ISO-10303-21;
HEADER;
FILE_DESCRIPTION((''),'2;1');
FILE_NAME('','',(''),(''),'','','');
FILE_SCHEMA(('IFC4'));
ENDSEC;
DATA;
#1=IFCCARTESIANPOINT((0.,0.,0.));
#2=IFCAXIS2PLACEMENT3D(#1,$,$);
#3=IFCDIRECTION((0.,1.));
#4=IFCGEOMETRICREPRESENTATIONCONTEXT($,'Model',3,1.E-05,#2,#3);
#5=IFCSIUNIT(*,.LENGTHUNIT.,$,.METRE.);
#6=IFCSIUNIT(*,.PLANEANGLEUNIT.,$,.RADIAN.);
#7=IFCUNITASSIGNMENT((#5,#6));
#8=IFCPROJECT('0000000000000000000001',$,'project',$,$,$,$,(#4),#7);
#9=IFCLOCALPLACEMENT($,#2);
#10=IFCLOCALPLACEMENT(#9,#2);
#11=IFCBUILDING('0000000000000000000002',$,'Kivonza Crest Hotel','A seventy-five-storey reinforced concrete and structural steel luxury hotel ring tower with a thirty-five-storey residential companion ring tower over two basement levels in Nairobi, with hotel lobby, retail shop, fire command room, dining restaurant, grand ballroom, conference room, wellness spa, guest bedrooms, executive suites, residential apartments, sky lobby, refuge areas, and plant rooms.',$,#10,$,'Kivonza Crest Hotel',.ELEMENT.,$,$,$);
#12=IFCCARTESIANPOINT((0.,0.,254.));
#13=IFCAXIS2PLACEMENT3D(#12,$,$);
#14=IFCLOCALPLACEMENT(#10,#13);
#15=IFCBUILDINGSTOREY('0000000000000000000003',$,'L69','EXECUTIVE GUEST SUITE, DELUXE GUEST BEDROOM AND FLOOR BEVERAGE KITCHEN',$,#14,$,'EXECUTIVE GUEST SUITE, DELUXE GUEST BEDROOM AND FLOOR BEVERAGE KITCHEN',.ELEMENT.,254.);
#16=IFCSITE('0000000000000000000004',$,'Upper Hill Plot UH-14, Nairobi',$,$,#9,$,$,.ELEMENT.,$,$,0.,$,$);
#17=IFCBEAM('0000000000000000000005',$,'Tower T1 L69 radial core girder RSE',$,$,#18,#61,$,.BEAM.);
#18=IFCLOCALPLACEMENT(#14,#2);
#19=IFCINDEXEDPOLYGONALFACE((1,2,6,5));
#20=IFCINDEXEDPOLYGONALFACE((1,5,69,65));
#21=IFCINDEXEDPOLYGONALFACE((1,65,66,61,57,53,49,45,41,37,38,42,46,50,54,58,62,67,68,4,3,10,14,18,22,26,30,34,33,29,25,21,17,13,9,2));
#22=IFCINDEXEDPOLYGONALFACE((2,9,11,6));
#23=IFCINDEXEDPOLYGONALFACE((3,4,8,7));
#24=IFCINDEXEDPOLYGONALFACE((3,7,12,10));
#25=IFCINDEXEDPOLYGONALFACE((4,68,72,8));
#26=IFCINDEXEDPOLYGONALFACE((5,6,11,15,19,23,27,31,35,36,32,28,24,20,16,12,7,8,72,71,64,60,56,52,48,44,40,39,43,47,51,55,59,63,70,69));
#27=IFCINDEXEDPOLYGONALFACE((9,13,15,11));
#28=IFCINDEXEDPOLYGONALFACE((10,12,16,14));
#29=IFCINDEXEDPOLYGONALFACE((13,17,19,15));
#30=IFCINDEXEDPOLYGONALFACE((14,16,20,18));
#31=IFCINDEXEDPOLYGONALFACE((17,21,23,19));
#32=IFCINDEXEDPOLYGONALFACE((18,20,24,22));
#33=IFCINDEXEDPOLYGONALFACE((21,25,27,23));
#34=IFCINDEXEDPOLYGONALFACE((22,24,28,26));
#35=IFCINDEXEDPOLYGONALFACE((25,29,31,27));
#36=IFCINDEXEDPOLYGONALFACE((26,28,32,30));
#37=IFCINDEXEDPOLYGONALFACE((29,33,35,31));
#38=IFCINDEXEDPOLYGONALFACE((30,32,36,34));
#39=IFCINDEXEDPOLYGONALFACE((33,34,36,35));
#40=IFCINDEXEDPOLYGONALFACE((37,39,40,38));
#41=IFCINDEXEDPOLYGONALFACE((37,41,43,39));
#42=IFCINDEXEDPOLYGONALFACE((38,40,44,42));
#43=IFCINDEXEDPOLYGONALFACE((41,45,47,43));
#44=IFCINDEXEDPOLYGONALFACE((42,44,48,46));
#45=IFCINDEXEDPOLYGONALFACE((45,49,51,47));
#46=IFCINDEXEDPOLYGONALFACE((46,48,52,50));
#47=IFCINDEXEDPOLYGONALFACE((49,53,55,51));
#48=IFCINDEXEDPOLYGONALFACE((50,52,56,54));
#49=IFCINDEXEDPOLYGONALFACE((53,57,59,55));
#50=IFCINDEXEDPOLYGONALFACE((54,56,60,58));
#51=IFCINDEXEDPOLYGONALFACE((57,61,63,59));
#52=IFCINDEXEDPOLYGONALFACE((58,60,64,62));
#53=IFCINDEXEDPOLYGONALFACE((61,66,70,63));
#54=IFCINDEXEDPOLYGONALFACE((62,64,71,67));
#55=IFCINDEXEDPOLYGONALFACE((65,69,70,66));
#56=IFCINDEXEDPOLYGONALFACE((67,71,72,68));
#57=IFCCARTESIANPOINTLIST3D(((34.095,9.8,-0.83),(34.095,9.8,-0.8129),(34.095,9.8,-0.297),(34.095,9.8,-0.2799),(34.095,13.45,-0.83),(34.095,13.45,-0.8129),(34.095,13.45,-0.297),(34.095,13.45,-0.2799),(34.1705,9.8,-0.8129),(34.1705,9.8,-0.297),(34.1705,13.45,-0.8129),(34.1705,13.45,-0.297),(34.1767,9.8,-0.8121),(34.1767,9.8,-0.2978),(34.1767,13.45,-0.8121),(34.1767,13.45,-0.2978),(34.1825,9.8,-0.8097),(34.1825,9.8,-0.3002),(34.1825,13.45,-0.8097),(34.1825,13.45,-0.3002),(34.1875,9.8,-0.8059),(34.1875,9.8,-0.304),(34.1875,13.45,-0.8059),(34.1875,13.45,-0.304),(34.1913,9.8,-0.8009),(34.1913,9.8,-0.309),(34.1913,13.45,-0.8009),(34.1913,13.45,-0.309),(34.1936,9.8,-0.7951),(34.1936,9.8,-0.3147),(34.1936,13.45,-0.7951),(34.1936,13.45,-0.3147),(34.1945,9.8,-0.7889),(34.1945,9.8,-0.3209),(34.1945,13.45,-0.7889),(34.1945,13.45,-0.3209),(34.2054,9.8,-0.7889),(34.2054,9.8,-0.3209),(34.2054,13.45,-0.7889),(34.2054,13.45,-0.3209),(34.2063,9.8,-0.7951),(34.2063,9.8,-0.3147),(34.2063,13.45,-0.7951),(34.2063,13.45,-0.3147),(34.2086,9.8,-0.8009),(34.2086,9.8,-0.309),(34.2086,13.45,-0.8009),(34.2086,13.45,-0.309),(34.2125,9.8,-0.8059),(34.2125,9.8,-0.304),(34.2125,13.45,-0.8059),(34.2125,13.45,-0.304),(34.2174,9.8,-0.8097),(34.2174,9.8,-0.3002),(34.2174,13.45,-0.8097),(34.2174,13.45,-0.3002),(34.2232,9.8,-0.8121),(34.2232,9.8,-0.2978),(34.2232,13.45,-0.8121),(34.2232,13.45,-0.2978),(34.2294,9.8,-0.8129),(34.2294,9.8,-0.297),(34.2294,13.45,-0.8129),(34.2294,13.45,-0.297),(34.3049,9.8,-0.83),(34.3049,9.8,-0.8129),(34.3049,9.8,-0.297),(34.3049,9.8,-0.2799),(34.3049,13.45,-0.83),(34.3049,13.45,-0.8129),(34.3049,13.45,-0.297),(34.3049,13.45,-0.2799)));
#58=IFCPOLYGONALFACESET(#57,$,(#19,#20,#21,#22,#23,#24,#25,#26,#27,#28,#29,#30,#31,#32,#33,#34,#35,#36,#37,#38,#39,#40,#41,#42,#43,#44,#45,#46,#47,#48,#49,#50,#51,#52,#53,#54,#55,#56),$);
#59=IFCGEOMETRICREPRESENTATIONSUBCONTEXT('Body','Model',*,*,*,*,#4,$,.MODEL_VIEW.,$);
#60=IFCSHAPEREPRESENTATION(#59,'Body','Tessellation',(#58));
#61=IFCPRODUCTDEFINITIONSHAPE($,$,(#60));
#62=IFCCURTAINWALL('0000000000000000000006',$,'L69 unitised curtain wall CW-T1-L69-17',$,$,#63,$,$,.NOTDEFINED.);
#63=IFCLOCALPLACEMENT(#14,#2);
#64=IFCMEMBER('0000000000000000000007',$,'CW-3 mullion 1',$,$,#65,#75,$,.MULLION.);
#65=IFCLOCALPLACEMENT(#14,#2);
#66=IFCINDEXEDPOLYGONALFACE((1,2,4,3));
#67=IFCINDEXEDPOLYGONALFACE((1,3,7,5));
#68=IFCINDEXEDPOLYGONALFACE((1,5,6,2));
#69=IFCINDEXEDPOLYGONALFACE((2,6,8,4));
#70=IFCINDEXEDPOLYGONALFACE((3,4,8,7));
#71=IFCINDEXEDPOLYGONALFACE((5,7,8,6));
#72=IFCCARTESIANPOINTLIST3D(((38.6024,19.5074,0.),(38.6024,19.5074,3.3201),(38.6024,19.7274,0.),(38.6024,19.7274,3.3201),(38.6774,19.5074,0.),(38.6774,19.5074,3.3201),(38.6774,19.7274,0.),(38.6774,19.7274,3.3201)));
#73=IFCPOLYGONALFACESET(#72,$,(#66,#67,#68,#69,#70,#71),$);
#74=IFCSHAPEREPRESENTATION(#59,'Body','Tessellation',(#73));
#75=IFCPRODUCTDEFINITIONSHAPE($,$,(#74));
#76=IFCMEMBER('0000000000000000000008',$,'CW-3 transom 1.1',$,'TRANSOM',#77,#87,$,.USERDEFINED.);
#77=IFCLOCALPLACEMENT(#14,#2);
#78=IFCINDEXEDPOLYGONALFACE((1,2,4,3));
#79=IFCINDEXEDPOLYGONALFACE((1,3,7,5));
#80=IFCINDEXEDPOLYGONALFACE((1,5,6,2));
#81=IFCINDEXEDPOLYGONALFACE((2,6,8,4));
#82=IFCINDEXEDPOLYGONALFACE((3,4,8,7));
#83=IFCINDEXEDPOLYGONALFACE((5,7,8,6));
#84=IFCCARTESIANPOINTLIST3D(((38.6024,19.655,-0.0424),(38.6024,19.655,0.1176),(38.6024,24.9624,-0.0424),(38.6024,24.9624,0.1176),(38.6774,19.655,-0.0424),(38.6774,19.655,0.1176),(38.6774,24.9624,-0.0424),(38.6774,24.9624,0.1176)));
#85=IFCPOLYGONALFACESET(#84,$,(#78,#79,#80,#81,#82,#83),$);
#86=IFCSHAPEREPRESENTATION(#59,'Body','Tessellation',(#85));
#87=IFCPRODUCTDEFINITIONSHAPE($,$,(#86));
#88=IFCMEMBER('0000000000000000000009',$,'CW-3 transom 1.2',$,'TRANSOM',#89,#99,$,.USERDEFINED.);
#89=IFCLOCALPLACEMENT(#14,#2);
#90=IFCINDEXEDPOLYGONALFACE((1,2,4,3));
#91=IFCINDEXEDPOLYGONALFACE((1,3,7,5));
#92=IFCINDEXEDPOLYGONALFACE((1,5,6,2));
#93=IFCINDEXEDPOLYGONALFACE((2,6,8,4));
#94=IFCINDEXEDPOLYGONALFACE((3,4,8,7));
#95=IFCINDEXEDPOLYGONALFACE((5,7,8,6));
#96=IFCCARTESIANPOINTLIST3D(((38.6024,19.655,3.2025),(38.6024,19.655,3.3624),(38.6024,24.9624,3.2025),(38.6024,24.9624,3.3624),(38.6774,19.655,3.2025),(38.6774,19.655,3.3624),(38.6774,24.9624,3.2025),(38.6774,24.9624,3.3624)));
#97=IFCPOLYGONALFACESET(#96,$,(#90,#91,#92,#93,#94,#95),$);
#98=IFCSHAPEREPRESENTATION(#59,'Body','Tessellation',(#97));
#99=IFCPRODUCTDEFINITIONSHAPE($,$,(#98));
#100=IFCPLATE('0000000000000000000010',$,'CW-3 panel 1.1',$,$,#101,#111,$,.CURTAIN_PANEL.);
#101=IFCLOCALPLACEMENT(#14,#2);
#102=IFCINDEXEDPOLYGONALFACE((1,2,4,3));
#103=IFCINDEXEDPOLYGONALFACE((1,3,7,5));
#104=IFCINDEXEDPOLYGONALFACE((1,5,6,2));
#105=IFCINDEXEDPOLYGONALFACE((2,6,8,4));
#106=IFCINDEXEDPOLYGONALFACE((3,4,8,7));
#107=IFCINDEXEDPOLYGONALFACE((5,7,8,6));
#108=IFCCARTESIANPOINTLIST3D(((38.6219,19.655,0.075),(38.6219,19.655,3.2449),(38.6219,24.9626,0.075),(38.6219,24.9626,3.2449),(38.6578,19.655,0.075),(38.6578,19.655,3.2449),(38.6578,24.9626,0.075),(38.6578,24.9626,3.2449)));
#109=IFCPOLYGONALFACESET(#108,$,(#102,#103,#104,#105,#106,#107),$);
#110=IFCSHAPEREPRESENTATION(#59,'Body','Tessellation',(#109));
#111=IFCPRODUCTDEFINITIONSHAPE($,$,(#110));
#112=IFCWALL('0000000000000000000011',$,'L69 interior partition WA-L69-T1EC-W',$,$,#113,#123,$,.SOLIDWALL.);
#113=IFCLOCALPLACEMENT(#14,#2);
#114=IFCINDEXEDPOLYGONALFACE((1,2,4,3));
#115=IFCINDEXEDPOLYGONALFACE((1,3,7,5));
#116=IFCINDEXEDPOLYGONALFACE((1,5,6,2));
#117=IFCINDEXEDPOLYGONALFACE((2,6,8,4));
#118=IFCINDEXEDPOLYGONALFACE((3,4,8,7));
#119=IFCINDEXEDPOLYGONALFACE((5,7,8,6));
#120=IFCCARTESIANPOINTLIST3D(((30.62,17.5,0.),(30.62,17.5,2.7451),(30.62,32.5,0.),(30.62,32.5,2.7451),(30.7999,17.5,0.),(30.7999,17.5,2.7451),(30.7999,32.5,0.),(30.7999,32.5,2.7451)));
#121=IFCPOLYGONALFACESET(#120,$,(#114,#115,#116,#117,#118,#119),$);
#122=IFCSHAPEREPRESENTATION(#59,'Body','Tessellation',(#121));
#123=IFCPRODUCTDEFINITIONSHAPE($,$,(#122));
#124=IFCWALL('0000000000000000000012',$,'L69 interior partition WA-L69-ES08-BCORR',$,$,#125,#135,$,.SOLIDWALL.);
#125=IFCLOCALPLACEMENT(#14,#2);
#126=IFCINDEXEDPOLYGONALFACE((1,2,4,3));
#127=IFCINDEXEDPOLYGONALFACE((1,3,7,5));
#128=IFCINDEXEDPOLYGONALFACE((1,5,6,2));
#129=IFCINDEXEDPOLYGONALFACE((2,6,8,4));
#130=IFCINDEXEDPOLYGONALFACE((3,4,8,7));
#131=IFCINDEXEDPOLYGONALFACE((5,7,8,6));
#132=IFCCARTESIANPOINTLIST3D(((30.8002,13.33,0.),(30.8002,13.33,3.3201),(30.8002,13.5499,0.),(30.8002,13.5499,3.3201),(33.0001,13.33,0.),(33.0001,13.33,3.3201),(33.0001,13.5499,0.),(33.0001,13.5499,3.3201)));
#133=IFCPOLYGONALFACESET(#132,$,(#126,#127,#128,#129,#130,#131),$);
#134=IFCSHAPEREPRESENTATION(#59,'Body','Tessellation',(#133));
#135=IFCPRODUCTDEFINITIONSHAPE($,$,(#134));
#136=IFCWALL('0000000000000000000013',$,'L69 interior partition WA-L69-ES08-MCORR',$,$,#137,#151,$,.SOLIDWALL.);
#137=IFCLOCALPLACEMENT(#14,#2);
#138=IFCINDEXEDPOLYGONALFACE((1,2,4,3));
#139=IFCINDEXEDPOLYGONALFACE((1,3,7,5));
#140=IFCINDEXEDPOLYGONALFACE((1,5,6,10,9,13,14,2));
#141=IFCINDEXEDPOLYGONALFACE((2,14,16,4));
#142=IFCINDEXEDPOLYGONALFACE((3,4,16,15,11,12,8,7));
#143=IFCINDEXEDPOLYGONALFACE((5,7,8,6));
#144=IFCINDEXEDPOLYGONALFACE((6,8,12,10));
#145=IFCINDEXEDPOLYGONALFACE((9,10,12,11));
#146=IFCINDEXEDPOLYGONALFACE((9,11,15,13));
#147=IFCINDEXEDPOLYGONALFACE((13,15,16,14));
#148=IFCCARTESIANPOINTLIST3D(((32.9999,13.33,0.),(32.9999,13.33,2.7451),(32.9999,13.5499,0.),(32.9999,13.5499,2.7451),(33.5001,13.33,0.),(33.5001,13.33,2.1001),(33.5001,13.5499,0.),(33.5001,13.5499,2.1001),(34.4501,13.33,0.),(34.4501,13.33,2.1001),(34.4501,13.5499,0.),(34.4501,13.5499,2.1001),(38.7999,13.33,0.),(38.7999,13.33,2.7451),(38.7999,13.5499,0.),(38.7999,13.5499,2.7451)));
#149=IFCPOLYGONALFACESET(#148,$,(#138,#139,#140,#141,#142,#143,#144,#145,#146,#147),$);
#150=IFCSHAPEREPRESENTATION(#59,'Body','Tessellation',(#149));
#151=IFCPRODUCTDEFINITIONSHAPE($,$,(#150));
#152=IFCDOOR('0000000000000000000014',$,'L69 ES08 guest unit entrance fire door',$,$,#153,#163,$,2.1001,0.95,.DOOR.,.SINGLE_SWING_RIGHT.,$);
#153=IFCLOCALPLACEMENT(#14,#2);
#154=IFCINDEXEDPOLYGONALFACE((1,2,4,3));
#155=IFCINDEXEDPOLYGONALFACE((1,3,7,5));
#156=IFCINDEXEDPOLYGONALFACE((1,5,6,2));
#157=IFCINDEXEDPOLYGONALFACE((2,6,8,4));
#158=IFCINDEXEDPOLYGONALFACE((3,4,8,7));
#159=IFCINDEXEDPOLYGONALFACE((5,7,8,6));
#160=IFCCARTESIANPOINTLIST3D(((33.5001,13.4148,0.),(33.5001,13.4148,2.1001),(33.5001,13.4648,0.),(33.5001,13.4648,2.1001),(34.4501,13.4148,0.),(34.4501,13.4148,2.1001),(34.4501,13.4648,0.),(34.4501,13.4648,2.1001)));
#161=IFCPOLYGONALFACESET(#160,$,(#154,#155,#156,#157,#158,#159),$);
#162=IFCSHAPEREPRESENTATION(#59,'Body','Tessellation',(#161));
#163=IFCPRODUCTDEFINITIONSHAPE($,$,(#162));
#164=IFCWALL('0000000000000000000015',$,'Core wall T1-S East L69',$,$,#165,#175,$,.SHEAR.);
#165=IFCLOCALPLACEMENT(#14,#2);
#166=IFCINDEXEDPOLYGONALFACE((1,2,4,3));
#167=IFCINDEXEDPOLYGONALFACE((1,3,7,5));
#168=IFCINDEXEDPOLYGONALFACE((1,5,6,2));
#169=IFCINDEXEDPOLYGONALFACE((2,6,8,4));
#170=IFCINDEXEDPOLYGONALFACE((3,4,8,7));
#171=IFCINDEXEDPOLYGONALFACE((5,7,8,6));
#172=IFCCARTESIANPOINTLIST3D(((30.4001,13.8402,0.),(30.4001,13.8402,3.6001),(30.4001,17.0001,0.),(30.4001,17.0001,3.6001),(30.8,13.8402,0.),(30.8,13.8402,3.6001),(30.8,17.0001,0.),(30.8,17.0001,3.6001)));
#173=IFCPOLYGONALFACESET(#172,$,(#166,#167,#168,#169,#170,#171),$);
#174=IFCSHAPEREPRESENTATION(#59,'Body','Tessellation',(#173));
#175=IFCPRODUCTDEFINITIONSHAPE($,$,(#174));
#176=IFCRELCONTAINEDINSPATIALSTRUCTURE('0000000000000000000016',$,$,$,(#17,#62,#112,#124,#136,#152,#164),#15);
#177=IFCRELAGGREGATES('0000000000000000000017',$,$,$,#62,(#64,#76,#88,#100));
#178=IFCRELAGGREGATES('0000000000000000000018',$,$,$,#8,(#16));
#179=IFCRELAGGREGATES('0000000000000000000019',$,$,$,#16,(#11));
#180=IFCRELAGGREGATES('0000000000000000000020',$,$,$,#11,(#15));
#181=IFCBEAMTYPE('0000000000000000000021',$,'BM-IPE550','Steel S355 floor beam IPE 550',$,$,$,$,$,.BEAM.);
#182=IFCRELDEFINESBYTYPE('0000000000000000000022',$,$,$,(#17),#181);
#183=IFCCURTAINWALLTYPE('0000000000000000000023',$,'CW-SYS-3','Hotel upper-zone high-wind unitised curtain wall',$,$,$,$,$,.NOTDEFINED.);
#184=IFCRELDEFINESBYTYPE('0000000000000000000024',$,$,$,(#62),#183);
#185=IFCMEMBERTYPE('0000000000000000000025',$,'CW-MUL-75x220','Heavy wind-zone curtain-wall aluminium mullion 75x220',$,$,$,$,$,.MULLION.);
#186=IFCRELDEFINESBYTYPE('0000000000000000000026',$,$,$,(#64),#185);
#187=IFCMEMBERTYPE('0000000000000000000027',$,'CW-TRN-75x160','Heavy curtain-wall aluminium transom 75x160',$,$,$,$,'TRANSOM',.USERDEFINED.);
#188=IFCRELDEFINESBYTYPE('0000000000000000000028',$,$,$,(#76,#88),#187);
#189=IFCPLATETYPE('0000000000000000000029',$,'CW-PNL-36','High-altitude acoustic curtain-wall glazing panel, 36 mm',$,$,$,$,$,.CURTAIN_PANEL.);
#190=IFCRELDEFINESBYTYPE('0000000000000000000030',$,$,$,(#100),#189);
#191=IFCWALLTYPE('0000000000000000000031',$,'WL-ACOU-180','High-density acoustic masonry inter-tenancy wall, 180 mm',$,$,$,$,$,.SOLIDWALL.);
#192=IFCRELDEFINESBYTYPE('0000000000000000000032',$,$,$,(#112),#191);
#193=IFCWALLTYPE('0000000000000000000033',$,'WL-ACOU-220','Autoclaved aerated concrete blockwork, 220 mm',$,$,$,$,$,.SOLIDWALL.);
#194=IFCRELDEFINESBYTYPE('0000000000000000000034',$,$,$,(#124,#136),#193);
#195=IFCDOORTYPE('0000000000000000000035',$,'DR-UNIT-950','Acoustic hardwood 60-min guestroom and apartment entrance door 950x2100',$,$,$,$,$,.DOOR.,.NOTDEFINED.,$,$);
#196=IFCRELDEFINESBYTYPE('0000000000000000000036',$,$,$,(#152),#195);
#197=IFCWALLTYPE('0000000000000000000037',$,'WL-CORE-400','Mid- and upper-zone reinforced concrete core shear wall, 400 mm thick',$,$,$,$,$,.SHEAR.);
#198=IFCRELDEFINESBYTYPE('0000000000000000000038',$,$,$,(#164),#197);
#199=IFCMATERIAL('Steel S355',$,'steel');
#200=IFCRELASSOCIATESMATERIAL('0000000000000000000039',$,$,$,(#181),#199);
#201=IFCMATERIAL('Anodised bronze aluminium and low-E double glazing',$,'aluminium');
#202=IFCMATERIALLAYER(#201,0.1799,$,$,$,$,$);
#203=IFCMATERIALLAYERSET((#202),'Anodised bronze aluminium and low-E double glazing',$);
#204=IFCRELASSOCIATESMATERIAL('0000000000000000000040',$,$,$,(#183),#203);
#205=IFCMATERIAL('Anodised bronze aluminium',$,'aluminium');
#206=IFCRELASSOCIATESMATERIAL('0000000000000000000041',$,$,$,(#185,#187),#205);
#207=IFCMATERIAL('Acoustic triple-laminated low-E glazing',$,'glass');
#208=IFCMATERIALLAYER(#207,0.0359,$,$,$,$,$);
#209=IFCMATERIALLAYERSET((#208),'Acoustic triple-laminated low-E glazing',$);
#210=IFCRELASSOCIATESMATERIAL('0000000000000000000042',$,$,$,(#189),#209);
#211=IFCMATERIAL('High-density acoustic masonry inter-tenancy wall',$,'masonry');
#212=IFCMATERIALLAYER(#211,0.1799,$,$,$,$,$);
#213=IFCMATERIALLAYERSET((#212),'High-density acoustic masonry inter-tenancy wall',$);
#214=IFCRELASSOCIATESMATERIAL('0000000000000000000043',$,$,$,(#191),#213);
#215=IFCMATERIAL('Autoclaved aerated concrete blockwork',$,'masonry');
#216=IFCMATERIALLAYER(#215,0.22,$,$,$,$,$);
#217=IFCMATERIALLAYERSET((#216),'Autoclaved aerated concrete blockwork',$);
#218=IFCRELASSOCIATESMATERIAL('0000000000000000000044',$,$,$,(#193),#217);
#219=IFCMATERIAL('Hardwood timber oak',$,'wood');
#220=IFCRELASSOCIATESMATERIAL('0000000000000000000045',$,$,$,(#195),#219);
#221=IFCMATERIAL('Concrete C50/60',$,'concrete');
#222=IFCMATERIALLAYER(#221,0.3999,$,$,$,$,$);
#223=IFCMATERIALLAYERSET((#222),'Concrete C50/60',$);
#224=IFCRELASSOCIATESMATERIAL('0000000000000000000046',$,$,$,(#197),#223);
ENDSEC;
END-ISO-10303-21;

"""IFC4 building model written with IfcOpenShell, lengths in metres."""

from ifc_helpers import new_model, si_unit, direction, frame, frame_2d, origin, origin_2d, place, context, subcontext, project, spatial, rectangle, i_section, extrude, material, layer, layer_set, material_profile, profile_set, type_object, element, fill, aggregate, save


model = new_model("IFC4")

# Units and contexts
model_context = context("Model", 3, precision=1e-05, world=origin(), true_north=direction((0.0, 1.0)))
body_context = subcontext(model_context, "Body", "Model", "MODEL_VIEW")
ifc_project = project(units=[si_unit("LENGTHUNIT", "METRE"), si_unit("PLANEANGLEUNIT", "RADIAN")], contexts=[model_context])

# Site, building, storey
site_placement = place(None, origin())
site = spatial("IfcSite", under=ifc_project, at=site_placement, Name="Upper Hill Plot UH-14, Nairobi", CompositionType="ELEMENT", RefElevation=0.0)
building_placement = place(site_placement, origin())
building = spatial("IfcBuilding", under=site, at=building_placement, Name="Kivonza Crest Hotel", Description="A seventy-five-storey reinforced concrete and structural steel luxury hotel ring tower with a thirty-five-storey residential companion ring tower over two basement levels in Nairobi, with hotel lobby, retail shop, fire command room, dining restaurant, grand ballroom, conference room, wellness spa, guest bedrooms, executive suites, residential apartments, sky lobby, refuge areas, and plant rooms.", LongName="Kivonza Crest Hotel", CompositionType="ELEMENT")
storey_placement = place(building_placement, frame((0.0, 0.0, 254.0)))
storey = spatial("IfcBuildingStorey", under=building, at=storey_placement, Name="L69", Description="EXECUTIVE GUEST SUITE, DELUXE GUEST BEDROOM AND FLOOR BEVERAGE KITCHEN", LongName="EXECUTIVE GUEST SUITE, DELUXE GUEST BEDROOM AND FLOOR BEVERAGE KITCHEN", CompositionType="ELEMENT", Elevation=254.0)

# Shared definitions
ifc_material_1 = material(Name="Concrete C50/60", Category="concrete")

# Beam
ifc_material_2 = material(Name="Steel S355", Category="steel")
ifc_material_profile_1 = material_profile(ifc_material_2, i_section(OverallWidth=0.21, OverallDepth=0.55, WebThickness=0.011, FlangeThickness=0.0171, FilletRadius=0.0239, at=origin_2d()), Name="IPE 550")
ifc_profile_set_1 = profile_set([ifc_material_profile_1], Name="Steel S355")
beam_type_1 = type_object("IfcBeamType", Name="BM-IPE550", Description="Steel S355 floor beam IPE 550", PredefinedType="BEAM", material=ifc_profile_set_1)
beam_1_placement = place(storey_placement, frame((34.2, 9.8, -0.5549), z_axis=(0.0, 1.0, 0.0), x_axis=(-1.0, 0.0, 0.0)))
element("IfcBeam", 1, at=beam_1_placement, inside=storey, type_object=beam_type_1, Name="Tower T1 L69 radial core girder RSE", PredefinedType="BEAM", context=body_context, shape_type="SweptSolid", body=[
    extrude(i_section(OverallWidth=0.21, OverallDepth=0.55, WebThickness=0.011, FlangeThickness=0.0171, FilletRadius=0.0239, at=origin_2d()), origin(), (0.0, 0.0, 1.0), 3.6499),
])

# Curtain wall, members, plate
ifc_material_3 = material(Name="Anodised bronze aluminium and low-E double glazing", Category="aluminium")
ifc_layer_1 = layer(ifc_material_3, 0.1799)
ifc_layer_set_1 = layer_set([ifc_layer_1], Name="Anodised bronze aluminium and low-E double glazing")
curtain_wall_type = type_object("IfcCurtainWallType", Name="CW-SYS-3", Description="Hotel upper-zone high-wind unitised curtain wall", PredefinedType="NOTDEFINED", material=ifc_layer_set_1)
curtain_wall_placement = place(storey_placement, origin())
curtain_wall = element("IfcCurtainWall", 2, at=curtain_wall_placement, inside=storey, type_object=curtain_wall_type, Name="L69 unitised curtain wall CW-T1-L69-17", PredefinedType="NOTDEFINED")
ifc_material_4 = material(Name="Anodised bronze aluminium", Category="aluminium")
ifc_material_profile_2 = material_profile(ifc_material_4, rectangle(XDim=0.075, YDim=0.22, at=origin_2d()), Name="CW-M 75x220")
ifc_profile_set_2 = profile_set([ifc_material_profile_2], Name="Anodised bronze aluminium")
member_type_1 = type_object("IfcMemberType", Name="CW-MUL-75x220", Description="Heavy wind-zone curtain-wall aluminium mullion 75x220", PredefinedType="MULLION", material=ifc_profile_set_2)
member_1_placement = place(storey_placement, frame((38.6399, 19.6174, 0.0), z_axis=(0.0, 0.0, 1.0), x_axis=(-1.0, 0.0, 0.0)))
member_1 = element("IfcMember", 3, at=member_1_placement, type_object=member_type_1, Name="CW-3 mullion 1", PredefinedType="MULLION", context=body_context, shape_type="SweptSolid", body=[
    extrude(rectangle(XDim=0.075, YDim=0.22, at=origin_2d()), origin(), (0.0, 0.0, 1.0), 3.3201),
])
ifc_material_profile_3 = material_profile(ifc_material_4, rectangle(XDim=0.075, YDim=0.1599, at=origin_2d()), Name="CW-T 75x160")
ifc_profile_set_3 = profile_set([ifc_material_profile_3], Name="Anodised bronze aluminium")
member_type_2 = type_object("IfcMemberType", Name="CW-TRN-75x160", Description="Heavy curtain-wall aluminium transom 75x160", ElementType="TRANSOM", PredefinedType="USERDEFINED", material=ifc_profile_set_3)
member_2_placement = place(storey_placement, frame((38.6399, 19.655, 0.0376), z_axis=(0.0, 1.0, 0.0), x_axis=(-1.0, 0.0, 0.0)))
member_2 = element("IfcMember", 4, at=member_2_placement, type_object=member_type_2, Name="CW-3 transom 1.1", ObjectType="TRANSOM", PredefinedType="USERDEFINED", context=body_context, shape_type="SweptSolid", body=[
    extrude(rectangle(XDim=0.075, YDim=0.1599, at=origin_2d()), origin(), (0.0, 0.0, 1.0), 5.3074),
])
member_3_placement = place(storey_placement, frame((38.6399, 19.655, 3.2825), z_axis=(0.0, 1.0, 0.0), x_axis=(-1.0, 0.0, 0.0)))
member_3 = element("IfcMember", 5, at=member_3_placement, type_object=member_type_2, Name="CW-3 transom 1.2", ObjectType="TRANSOM", PredefinedType="USERDEFINED", context=body_context, shape_type="SweptSolid", body=[
    extrude(rectangle(XDim=0.075, YDim=0.1599, at=origin_2d()), origin(), (0.0, 0.0, 1.0), 5.3074),
])
ifc_material_5 = material(Name="Acoustic triple-laminated low-E glazing", Category="glass")
ifc_layer_2 = layer(ifc_material_5, 0.0359)
ifc_layer_set_2 = layer_set([ifc_layer_2], Name="Acoustic triple-laminated low-E glazing")
plate_type = type_object("IfcPlateType", Name="CW-PNL-36", Description="High-altitude acoustic curtain-wall glazing panel, 36 mm", PredefinedType="CURTAIN_PANEL", material=ifc_layer_set_2)
plate_placement = place(storey_placement, frame((38.6399, 22.3088, 0.075), z_axis=(0.0, 0.0, 1.0), x_axis=(0.0, 1.0, 0.0)))
plate = element("IfcPlate", 6, at=plate_placement, type_object=plate_type, Name="CW-3 panel 1.1", PredefinedType="CURTAIN_PANEL", context=body_context, shape_type="SweptSolid", body=[
    extrude(rectangle(XDim=5.3076, YDim=0.0359, at=origin_2d()), origin(), (0.0, 0.0, 1.0), 3.1699),
])
aggregate(curtain_wall, [member_1, member_2, member_3, plate])

# Walls
ifc_material_6 = material(Name="High-density acoustic masonry inter-tenancy wall", Category="masonry")
ifc_layer_3 = layer(ifc_material_6, 0.1799)
ifc_layer_set_3 = layer_set([ifc_layer_3], Name="High-density acoustic masonry inter-tenancy wall")
wall_type_1 = type_object("IfcWallType", Name="WL-ACOU-180", Description="High-density acoustic masonry inter-tenancy wall, 180 mm", PredefinedType="SOLIDWALL", material=ifc_layer_set_3)
wall_1_placement = place(storey_placement, frame((30.71, 17.5, 0.0), z_axis=(0.0, 0.0, 1.0), x_axis=(0.0, 1.0, 0.0)))
element("IfcWall", 7, at=wall_1_placement, inside=storey, type_object=wall_type_1, Name="L69 interior partition WA-L69-T1EC-W", PredefinedType="SOLIDWALL", context=body_context, shape_type="SweptSolid", body=[
    extrude(rectangle(XDim=15.0, YDim=0.1799, at=frame_2d((7.5, 0.0))), origin(), (0.0, 0.0, 1.0), 2.7451),
])
ifc_material_7 = material(Name="Autoclaved aerated concrete blockwork", Category="masonry")
ifc_layer_4 = layer(ifc_material_7, 0.22)
ifc_layer_set_4 = layer_set([ifc_layer_4], Name="Autoclaved aerated concrete blockwork")
wall_type_2 = type_object("IfcWallType", Name="WL-ACOU-220", Description="Autoclaved aerated concrete blockwork, 220 mm", PredefinedType="SOLIDWALL", material=ifc_layer_set_4)
wall_2_placement = place(storey_placement, frame((30.8, 13.4399, 0.0), z_axis=(0.0, 0.0, 1.0), x_axis=(1.0, 0.0, 0.0)))
element("IfcWall", 8, at=wall_2_placement, inside=storey, type_object=wall_type_2, Name="L69 interior partition WA-L69-ES08-BCORR", PredefinedType="SOLIDWALL", context=body_context, shape_type="SweptSolid", body=[
    extrude(rectangle(XDim=2.2, YDim=0.22, at=frame_2d((1.1001, 0.0))), origin(), (0.0, 0.0, 1.0), 3.3201),
])

# Wall, opening, door
wall_3_placement = place(storey_placement, frame((33.0, 13.4399, 0.0), z_axis=(0.0, 0.0, 1.0), x_axis=(1.0, 0.0, 0.0)))
wall_3 = element("IfcWall", 9, at=wall_3_placement, inside=storey, type_object=wall_type_2, Name="L69 interior partition WA-L69-ES08-MCORR", PredefinedType="SOLIDWALL", context=body_context, shape_type="SweptSolid", body=[
    extrude(rectangle(XDim=5.8, YDim=0.22, at=frame_2d((2.8999, 0.0))), origin(), (0.0, 0.0, 1.0), 2.7451),
])
opening_1_placement = place(wall_3_placement, frame((0.5, 0.0, 0.0)))
opening_1 = element("IfcOpeningElement", 10, at=opening_1_placement, cuts=wall_3, PredefinedType="OPENING", context=body_context, shape_type="SweptSolid", body=[
    extrude(rectangle(XDim=0.95, YDim=2.1001, at=frame_2d((0.4751, 1.05))), frame((0.0, 0.1201, 0.0), z_axis=(0.0, -1.0, 0.0), x_axis=(1.0, 0.0, 0.0)), (0.0, 0.0, 1.0), 0.24),
])
ifc_material_8 = material(Name="Hardwood timber oak", Category="wood")
door_type_1 = type_object("IfcDoorType", Name="DR-UNIT-950", Description="Acoustic hardwood 60-min guestroom and apartment entrance door 950x2100", OperationType="NOTDEFINED", PredefinedType="DOOR", material=ifc_material_8)
door_1_placement = place(opening_1_placement, origin())
door_1 = element("IfcDoor", 11, at=door_1_placement, inside=storey, type_object=door_type_1, Name="L69 ES08 guest unit entrance fire door", OperationType="SINGLE_SWING_RIGHT", OverallHeight=2.1001, OverallWidth=0.95, PredefinedType="DOOR", context=body_context, shape_type="SweptSolid", body=[
    extrude(rectangle(XDim=0.95, YDim=2.1001, at=frame_2d((0.4751, 1.05))), frame((0.0, 0.0249, 0.0), z_axis=(0.0, -1.0, 0.0), x_axis=(1.0, 0.0, 0.0)), (0.0, 0.0, 1.0), 0.05),
])
fill(opening_1, door_1)

# Wall
ifc_layer_5 = layer(ifc_material_1, 0.3999)
ifc_layer_set_5 = layer_set([ifc_layer_5], Name="Concrete C50/60")
wall_type_3 = type_object("IfcWallType", Name="WL-CORE-400", Description="Mid- and upper-zone reinforced concrete core shear wall, 400 mm thick", PredefinedType="SHEAR", material=ifc_layer_set_5)
wall_4_placement = place(storey_placement, frame((30.6001, 13.8401, 0.0), z_axis=(0.0, 0.0, 1.0), x_axis=(0.0, 1.0, 0.0)))
element("IfcWall", 12, at=wall_4_placement, inside=storey, type_object=wall_type_3, Name="Core wall T1-S East L69", PredefinedType="SHEAR", context=body_context, shape_type="SweptSolid", body=[
    extrude(rectangle(XDim=3.1599, YDim=0.3999, at=frame_2d((1.5801, 0.0))), origin(), (0.0, 0.0, 1.0), 3.6001),
])

save(model, "model.ifc")
